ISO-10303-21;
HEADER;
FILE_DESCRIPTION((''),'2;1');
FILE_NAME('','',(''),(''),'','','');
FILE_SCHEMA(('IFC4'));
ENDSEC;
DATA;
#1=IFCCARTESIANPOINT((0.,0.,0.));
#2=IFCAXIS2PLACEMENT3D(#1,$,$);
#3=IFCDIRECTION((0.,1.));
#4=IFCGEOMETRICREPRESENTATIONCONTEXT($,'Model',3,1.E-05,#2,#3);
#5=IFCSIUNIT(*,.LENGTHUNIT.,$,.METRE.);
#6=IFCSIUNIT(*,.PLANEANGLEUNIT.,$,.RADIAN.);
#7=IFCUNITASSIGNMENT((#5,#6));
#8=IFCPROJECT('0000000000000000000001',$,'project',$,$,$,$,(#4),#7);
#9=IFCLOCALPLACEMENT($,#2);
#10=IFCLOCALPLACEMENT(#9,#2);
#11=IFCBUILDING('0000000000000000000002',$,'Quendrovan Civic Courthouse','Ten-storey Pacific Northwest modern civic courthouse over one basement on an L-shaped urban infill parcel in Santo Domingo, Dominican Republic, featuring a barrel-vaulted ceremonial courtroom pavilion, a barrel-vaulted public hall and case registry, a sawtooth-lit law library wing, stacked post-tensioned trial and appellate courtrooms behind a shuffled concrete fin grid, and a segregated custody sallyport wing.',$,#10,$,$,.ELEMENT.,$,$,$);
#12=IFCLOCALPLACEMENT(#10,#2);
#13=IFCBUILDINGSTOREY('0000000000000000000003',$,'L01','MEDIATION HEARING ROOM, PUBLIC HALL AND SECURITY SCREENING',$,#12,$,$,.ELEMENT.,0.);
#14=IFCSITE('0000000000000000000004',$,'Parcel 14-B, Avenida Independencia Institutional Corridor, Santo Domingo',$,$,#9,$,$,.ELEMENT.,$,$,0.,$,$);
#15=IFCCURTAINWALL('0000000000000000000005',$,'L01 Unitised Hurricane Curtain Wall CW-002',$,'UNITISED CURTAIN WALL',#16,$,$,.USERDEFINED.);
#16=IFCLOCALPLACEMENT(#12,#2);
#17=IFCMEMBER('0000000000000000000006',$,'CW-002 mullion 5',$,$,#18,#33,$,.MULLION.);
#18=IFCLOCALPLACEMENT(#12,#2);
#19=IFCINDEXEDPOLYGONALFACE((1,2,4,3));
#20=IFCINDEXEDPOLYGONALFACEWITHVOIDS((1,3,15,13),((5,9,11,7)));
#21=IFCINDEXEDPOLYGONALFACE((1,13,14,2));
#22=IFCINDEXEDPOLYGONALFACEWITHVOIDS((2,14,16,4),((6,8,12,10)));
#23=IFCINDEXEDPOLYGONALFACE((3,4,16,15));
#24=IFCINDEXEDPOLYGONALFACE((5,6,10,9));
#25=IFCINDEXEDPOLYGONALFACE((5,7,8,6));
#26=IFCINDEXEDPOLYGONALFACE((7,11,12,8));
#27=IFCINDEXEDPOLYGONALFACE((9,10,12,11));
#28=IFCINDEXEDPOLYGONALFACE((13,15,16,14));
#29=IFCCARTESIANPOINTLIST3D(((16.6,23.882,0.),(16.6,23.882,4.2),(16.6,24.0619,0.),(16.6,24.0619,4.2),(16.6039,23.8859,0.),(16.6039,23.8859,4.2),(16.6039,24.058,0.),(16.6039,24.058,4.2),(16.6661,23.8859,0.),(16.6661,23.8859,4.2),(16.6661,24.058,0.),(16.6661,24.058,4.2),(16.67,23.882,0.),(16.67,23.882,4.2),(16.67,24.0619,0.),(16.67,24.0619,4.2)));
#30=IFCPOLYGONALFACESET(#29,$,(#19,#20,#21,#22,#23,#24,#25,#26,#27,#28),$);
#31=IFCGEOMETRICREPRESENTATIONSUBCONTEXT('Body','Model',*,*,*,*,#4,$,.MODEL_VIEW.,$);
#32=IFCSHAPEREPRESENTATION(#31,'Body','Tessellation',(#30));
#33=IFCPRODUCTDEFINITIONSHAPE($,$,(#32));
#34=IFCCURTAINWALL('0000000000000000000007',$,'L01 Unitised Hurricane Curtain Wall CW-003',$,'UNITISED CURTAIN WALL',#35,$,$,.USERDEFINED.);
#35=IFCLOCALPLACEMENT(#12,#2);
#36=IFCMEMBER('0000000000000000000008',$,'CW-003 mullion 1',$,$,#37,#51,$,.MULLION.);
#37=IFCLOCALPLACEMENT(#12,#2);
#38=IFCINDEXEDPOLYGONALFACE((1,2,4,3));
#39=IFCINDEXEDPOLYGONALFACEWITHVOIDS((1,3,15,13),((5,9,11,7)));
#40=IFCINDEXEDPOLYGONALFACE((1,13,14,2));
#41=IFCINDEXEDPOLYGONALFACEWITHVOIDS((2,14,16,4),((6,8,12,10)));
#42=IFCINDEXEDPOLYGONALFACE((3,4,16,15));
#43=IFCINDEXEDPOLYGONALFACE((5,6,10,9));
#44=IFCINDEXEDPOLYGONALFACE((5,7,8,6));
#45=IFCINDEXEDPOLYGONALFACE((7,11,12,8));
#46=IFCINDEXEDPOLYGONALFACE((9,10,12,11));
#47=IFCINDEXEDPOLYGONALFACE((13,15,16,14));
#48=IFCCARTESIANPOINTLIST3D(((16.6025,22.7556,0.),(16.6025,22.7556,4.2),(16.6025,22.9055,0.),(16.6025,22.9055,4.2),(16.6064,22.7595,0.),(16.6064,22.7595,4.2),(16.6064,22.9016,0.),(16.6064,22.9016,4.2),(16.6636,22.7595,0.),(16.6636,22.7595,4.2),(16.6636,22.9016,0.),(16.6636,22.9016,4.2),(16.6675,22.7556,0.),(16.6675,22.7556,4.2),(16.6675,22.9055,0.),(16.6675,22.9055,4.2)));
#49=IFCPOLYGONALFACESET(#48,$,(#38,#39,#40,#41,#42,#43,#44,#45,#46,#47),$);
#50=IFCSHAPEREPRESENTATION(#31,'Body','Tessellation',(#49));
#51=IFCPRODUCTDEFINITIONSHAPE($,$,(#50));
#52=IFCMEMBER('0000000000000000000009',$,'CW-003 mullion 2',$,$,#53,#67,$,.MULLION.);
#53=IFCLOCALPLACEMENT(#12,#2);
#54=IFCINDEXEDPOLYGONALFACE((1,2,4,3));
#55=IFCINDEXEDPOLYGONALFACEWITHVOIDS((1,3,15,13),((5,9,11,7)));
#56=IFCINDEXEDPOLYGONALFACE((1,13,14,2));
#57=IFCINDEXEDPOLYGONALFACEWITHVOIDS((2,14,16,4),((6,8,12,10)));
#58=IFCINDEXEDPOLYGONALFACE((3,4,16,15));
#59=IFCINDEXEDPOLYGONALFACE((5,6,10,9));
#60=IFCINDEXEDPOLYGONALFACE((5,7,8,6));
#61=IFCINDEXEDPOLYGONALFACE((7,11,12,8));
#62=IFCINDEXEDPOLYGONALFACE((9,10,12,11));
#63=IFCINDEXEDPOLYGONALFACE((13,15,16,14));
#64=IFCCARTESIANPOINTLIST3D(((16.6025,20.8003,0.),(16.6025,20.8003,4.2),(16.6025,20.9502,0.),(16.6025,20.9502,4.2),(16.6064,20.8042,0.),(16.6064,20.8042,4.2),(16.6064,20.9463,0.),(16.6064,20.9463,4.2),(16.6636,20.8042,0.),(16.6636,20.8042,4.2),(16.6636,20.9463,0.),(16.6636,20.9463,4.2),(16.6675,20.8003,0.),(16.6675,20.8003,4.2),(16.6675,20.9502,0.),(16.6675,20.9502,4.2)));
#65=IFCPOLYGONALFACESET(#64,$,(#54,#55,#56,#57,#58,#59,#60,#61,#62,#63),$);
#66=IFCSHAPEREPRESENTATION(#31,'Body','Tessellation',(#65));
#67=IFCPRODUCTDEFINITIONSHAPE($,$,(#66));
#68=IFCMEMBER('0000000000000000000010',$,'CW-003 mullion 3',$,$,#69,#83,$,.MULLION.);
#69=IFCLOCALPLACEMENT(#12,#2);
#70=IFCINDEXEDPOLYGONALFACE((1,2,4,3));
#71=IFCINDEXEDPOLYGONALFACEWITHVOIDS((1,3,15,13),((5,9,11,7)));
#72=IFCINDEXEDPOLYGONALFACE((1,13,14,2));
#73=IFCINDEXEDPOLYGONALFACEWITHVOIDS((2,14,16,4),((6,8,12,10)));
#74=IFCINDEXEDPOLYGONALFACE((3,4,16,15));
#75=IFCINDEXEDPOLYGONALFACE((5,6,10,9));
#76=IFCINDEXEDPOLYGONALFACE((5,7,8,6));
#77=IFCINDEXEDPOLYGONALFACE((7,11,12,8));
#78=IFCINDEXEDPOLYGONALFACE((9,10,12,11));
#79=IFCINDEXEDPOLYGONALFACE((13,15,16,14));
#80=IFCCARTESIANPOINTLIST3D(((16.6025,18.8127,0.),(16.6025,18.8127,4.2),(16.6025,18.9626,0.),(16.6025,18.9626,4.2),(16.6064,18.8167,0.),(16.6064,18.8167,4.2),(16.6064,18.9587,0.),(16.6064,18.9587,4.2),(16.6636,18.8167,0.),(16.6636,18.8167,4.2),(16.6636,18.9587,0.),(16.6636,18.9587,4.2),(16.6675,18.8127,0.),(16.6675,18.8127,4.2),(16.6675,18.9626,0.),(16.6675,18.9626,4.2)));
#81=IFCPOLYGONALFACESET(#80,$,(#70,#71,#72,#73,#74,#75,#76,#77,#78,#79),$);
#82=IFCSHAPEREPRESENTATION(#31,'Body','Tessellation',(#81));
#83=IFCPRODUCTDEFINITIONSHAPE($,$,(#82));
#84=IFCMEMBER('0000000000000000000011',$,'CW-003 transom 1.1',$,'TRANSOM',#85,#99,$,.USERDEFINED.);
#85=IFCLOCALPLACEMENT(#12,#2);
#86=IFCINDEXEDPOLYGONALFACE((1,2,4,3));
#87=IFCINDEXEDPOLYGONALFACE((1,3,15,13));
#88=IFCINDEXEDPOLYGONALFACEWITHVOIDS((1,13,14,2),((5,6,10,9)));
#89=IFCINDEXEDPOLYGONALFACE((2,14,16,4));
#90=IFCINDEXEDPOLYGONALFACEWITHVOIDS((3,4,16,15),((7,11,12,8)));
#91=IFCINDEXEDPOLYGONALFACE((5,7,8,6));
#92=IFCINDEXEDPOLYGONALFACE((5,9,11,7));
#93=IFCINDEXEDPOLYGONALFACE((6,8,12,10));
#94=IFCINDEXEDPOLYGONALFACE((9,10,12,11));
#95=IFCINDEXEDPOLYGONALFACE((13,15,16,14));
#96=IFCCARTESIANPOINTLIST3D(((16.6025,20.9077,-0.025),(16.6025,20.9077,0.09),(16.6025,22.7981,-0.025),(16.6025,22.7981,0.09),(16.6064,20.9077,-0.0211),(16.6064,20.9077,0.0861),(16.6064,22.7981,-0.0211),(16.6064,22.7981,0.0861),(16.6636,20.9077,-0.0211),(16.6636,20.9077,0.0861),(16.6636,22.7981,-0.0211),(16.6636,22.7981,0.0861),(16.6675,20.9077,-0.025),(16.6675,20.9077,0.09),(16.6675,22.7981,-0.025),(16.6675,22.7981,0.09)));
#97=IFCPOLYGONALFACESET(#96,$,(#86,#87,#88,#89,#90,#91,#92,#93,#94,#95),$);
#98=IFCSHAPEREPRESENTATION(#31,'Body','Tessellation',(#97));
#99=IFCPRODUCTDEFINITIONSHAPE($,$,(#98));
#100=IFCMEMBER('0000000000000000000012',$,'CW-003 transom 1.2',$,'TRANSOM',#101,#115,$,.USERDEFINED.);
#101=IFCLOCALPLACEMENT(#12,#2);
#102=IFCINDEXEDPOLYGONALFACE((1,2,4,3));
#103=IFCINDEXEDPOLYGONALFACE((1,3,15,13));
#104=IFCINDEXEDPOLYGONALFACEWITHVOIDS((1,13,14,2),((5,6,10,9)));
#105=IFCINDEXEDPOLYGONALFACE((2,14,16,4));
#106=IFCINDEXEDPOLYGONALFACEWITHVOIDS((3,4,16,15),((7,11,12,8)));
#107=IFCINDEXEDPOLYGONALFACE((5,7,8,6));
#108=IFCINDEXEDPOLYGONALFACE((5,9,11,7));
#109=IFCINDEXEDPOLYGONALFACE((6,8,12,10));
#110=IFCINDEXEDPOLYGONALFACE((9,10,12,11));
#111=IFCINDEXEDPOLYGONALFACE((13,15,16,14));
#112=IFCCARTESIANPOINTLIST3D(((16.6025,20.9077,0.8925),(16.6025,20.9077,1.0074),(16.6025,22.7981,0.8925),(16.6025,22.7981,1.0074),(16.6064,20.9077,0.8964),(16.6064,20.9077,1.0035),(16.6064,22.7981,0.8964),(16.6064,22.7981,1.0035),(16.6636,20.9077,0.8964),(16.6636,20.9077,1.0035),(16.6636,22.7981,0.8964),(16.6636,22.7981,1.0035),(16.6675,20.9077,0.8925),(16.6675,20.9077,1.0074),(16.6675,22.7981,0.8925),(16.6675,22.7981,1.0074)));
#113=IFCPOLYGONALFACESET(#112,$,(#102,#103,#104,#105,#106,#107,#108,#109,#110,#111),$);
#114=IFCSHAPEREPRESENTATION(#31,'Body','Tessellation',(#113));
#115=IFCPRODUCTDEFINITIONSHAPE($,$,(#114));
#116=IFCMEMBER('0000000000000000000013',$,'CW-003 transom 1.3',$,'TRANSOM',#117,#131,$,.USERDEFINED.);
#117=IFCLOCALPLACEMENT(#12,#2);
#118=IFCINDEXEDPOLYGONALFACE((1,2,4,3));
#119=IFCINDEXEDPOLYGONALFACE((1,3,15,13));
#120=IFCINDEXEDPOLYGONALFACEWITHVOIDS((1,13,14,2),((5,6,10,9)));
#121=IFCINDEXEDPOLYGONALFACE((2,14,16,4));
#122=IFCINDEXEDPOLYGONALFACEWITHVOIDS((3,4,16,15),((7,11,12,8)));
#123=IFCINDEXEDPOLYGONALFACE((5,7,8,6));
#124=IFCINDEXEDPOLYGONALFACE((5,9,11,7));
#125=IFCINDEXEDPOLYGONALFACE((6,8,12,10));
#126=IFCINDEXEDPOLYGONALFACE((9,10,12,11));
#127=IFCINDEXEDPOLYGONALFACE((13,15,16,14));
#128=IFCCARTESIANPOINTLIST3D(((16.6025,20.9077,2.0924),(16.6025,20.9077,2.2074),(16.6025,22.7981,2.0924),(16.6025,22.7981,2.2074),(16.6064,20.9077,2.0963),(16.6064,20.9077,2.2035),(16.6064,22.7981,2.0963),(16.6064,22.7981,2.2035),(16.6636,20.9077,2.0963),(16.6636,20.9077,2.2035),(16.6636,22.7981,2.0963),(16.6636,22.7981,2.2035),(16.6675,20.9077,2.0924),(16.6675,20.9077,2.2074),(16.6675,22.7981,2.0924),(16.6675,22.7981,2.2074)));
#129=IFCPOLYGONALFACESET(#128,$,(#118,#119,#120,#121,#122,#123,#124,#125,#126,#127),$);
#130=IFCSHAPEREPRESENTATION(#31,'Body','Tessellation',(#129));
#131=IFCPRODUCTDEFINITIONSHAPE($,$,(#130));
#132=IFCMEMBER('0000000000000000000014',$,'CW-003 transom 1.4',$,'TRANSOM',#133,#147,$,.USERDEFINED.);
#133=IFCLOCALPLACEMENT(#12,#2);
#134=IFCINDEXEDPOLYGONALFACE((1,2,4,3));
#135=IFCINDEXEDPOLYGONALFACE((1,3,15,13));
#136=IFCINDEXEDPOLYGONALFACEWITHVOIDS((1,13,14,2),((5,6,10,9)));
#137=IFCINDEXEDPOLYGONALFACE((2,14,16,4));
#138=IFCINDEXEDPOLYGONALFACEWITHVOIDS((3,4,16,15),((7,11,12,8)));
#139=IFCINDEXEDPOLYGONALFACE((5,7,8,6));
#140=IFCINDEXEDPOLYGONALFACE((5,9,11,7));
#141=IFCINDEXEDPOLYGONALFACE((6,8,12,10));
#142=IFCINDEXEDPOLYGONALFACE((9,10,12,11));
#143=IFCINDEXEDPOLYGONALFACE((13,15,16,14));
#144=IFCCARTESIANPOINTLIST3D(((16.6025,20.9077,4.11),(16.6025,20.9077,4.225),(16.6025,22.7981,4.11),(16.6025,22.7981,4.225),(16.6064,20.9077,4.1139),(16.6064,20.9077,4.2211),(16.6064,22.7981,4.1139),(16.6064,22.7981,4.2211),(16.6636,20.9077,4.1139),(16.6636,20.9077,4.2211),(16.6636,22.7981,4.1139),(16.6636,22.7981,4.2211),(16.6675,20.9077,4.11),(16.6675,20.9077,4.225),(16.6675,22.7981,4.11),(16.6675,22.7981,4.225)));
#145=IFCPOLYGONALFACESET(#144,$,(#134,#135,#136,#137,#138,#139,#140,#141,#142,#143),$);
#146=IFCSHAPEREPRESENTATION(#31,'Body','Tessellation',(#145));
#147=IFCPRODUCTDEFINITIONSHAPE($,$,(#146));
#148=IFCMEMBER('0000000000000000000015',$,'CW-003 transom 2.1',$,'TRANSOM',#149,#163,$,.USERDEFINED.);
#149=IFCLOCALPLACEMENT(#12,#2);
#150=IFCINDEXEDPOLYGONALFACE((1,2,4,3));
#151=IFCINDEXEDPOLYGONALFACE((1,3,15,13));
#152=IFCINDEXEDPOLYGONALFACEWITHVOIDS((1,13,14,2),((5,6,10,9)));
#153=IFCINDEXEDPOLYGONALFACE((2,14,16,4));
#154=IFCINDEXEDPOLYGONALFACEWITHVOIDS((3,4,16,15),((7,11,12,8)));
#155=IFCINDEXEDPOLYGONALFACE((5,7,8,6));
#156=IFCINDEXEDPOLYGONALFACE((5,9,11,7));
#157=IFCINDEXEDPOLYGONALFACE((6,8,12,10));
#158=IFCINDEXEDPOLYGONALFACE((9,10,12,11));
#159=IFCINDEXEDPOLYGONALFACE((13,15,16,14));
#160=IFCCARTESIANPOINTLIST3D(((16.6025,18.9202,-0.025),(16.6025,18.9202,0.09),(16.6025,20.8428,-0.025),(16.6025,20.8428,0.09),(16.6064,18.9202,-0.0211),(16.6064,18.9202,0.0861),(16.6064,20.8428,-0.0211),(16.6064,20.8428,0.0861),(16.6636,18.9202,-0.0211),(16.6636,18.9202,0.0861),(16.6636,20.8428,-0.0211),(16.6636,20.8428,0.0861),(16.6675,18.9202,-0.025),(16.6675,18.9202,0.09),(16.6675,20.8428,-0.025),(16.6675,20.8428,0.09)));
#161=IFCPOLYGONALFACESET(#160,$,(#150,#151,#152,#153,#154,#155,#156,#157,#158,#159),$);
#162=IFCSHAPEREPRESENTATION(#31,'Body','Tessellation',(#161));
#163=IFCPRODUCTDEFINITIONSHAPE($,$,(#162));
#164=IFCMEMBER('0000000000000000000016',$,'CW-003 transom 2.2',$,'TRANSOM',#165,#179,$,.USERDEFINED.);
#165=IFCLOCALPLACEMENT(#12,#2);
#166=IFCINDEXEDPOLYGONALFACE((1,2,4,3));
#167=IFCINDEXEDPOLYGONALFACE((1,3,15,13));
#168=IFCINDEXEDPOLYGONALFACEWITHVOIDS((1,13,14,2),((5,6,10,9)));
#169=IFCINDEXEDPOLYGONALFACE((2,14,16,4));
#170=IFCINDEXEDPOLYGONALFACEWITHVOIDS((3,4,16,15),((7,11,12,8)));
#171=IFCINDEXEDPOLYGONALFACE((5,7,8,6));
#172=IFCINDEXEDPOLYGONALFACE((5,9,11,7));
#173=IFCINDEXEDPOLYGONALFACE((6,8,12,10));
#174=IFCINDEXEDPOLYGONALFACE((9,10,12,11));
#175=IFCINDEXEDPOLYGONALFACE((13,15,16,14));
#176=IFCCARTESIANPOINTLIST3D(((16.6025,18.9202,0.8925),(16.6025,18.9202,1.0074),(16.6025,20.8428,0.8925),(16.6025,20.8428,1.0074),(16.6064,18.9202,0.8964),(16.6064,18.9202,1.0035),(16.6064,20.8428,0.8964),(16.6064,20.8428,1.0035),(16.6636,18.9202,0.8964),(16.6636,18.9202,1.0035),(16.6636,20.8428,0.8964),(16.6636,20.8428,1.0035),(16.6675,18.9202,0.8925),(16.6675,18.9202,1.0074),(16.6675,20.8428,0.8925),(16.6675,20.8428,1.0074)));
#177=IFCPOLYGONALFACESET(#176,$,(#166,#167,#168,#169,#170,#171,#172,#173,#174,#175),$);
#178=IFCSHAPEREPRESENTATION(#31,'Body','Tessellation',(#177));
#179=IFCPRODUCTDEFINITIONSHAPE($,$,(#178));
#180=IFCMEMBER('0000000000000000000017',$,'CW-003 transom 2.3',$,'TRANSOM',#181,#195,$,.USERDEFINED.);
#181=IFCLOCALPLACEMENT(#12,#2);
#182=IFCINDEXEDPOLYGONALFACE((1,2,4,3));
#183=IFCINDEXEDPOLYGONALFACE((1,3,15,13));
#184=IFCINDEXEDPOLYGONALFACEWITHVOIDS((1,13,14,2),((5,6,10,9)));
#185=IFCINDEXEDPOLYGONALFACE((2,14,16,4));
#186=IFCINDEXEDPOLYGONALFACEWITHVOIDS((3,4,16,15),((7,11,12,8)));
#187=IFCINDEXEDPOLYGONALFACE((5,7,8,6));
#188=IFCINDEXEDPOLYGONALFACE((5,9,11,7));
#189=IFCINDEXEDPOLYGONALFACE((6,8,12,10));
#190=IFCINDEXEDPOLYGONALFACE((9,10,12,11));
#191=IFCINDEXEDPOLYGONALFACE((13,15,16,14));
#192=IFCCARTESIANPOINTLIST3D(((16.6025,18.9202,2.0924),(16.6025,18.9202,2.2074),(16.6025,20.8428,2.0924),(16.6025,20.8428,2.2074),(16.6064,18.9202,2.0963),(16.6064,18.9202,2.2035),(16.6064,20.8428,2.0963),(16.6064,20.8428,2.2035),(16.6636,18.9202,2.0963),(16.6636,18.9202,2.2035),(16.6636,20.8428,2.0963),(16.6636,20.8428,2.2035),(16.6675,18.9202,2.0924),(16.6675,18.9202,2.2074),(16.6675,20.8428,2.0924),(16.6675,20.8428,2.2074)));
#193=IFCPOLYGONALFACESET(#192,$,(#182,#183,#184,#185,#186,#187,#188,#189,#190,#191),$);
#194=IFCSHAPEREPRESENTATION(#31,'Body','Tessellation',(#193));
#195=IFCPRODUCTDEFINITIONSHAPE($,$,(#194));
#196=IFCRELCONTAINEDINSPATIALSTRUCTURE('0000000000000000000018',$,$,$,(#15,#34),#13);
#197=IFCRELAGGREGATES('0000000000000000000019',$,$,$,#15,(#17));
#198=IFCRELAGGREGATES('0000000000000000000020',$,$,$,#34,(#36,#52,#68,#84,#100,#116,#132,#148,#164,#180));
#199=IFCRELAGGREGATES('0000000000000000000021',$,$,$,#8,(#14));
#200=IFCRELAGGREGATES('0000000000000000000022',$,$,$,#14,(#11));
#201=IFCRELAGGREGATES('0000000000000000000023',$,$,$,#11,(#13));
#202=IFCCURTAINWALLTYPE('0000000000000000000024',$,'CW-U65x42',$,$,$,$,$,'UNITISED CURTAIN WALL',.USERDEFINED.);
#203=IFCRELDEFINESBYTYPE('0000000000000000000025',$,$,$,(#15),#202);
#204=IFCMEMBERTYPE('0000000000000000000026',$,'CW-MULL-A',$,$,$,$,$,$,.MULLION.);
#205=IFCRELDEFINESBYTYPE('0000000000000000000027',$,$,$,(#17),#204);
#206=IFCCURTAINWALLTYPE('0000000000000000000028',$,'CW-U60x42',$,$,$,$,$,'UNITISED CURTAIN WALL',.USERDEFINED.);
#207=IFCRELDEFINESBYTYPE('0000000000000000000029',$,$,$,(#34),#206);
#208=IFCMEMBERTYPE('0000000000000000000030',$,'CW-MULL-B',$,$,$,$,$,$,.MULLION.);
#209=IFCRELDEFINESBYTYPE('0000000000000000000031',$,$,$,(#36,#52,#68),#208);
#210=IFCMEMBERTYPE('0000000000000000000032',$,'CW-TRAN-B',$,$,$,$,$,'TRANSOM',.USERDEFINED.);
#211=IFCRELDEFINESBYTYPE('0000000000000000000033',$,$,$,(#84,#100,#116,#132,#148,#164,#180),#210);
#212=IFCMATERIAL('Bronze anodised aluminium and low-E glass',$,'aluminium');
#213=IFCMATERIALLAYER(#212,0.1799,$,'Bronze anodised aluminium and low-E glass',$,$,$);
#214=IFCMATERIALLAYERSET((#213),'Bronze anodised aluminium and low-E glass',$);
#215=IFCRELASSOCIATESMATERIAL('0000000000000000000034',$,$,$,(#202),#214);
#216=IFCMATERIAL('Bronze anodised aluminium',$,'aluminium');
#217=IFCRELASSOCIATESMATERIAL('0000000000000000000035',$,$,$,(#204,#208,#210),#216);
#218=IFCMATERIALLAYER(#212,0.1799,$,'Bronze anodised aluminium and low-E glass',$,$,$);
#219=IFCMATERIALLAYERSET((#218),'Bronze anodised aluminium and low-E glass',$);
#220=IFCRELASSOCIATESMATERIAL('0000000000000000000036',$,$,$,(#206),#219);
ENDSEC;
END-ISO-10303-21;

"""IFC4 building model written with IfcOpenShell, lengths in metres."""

from ifc_helpers import new_model, si_unit, direction, frame, origin, origin_2d, place, context, subcontext, project, spatial, hollow_rectangle, extrude, material, layer, layer_set, material_profile, profile_set, type_object, element, aggregate, save


model = new_model("IFC4")

# Units and contexts
model_context = context("Model", 3, precision=1e-05, world=origin(), true_north=direction((0.0, 1.0)))
body_context = subcontext(model_context, "Body", "Model", "MODEL_VIEW")
ifc_project = project(units=[si_unit("LENGTHUNIT", "METRE"), si_unit("PLANEANGLEUNIT", "RADIAN")], contexts=[model_context])

# Site, building, storey
site_placement = place(None, origin())
site = spatial("IfcSite", under=ifc_project, at=site_placement, Name="Parcel 14-B, Avenida Independencia Institutional Corridor, Santo Domingo", CompositionType="ELEMENT", RefElevation=0.0)
building_placement = place(site_placement, origin())
building = spatial("IfcBuilding", under=site, at=building_placement, Name="Quendrovan Civic Courthouse", Description="Ten-storey Pacific Northwest modern civic courthouse over one basement on an L-shaped urban infill parcel in Santo Domingo, Dominican Republic, featuring a barrel-vaulted ceremonial courtroom pavilion, a barrel-vaulted public hall and case registry, a sawtooth-lit law library wing, stacked post-tensioned trial and appellate courtrooms behind a shuffled concrete fin grid, and a segregated custody sallyport wing.", CompositionType="ELEMENT")
storey_placement = place(building_placement, origin())
storey = spatial("IfcBuildingStorey", under=building, at=storey_placement, Name="L01", Description="MEDIATION HEARING ROOM, PUBLIC HALL AND SECURITY SCREENING", CompositionType="ELEMENT", Elevation=0.0)

# Curtain wall, member
ifc_material_1 = material(Name="Bronze anodised aluminium and low-E glass", Category="aluminium")
ifc_layer_1 = layer(ifc_material_1, 0.1799, Name="Bronze anodised aluminium and low-E glass")
ifc_layer_set_1 = layer_set([ifc_layer_1], Name="Bronze anodised aluminium and low-E glass")
curtain_wall_type_1 = type_object("IfcCurtainWallType", Name="CW-U65x42", ElementType="UNITISED CURTAIN WALL", PredefinedType="USERDEFINED", material=ifc_layer_set_1)
curtain_wall_1_placement = place(storey_placement, origin())
curtain_wall_1 = element("IfcCurtainWall", 1, at=curtain_wall_1_placement, inside=storey, type_object=curtain_wall_type_1, Name="L01 Unitised Hurricane Curtain Wall CW-002", ObjectType="UNITISED CURTAIN WALL", PredefinedType="USERDEFINED")
ifc_material_2 = material(Name="Bronze anodised aluminium", Category="aluminium")
ifc_material_profile_1 = material_profile(ifc_material_2, hollow_rectangle(XDim=0.0701, YDim=0.1799, WallThickness=0.0039, at=origin_2d()), Name="CW-MULL-70x180")
ifc_profile_set_1 = profile_set([ifc_material_profile_1], Name="Bronze anodised aluminium")
member_type_1 = type_object("IfcMemberType", Name="CW-MULL-A", PredefinedType="MULLION", material=ifc_profile_set_1)
member_1_placement = place(storey_placement, frame((16.635, 23.9719, 0.0), z_axis=(0.0, 0.0, 1.0), x_axis=(1.0, 0.0, 0.0)))
member_1 = element("IfcMember", 2, at=member_1_placement, type_object=member_type_1, Name="CW-002 mullion 5", PredefinedType="MULLION", context=body_context, shape_type="SweptSolid", body=[
    extrude(hollow_rectangle(XDim=0.0701, YDim=0.1799, WallThickness=0.0039, at=origin_2d()), origin(), (0.0, 0.0, 1.0), 4.2),
])
aggregate(curtain_wall_1, [member_1])

# Curtain wall, members
ifc_layer_2 = layer(ifc_material_1, 0.1799, Name="Bronze anodised aluminium and low-E glass")
ifc_layer_set_2 = layer_set([ifc_layer_2], Name="Bronze anodised aluminium and low-E glass")
curtain_wall_type_2 = type_object("IfcCurtainWallType", Name="CW-U60x42", ElementType="UNITISED CURTAIN WALL", PredefinedType="USERDEFINED", material=ifc_layer_set_2)
curtain_wall_2_placement = place(storey_placement, origin())
curtain_wall_2 = element("IfcCurtainWall", 3, at=curtain_wall_2_placement, inside=storey, type_object=curtain_wall_type_2, Name="L01 Unitised Hurricane Curtain Wall CW-003", ObjectType="UNITISED CURTAIN WALL", PredefinedType="USERDEFINED")
ifc_material_profile_2 = material_profile(ifc_material_2, hollow_rectangle(XDim=0.0649, YDim=0.1499, WallThickness=0.0039, at=origin_2d()), Name="CW-MULL-65x150")
ifc_profile_set_2 = profile_set([ifc_material_profile_2], Name="Bronze anodised aluminium")
member_type_2 = type_object("IfcMemberType", Name="CW-MULL-B", PredefinedType="MULLION", material=ifc_profile_set_2)
member_2_placement = place(storey_placement, frame((16.635, 22.8306, 0.0), z_axis=(0.0, 0.0, 1.0), x_axis=(1.0, 0.0, 0.0)))
member_2 = element("IfcMember", 4, at=member_2_placement, type_object=member_type_2, Name="CW-003 mullion 1", PredefinedType="MULLION", context=body_context, shape_type="SweptSolid", body=[
    extrude(hollow_rectangle(XDim=0.0649, YDim=0.1499, WallThickness=0.0039, at=origin_2d()), origin(), (0.0, 0.0, 1.0), 4.2),
])
member_3_placement = place(storey_placement, frame((16.635, 20.8752, 0.0), z_axis=(0.0, 0.0, 1.0), x_axis=(1.0, 0.0, 0.0)))
member_3 = element("IfcMember", 5, at=member_3_placement, type_object=member_type_2, Name="CW-003 mullion 2", PredefinedType="MULLION", context=body_context, shape_type="SweptSolid", body=[
    extrude(hollow_rectangle(XDim=0.0649, YDim=0.1499, WallThickness=0.0039, at=origin_2d()), origin(), (0.0, 0.0, 1.0), 4.2),
])
member_4_placement = place(storey_placement, frame((16.635, 18.8877, 0.0), z_axis=(0.0, 0.0, 1.0), x_axis=(1.0, 0.0, 0.0)))
member_4 = element("IfcMember", 6, at=member_4_placement, type_object=member_type_2, Name="CW-003 mullion 3", PredefinedType="MULLION", context=body_context, shape_type="SweptSolid", body=[
    extrude(hollow_rectangle(XDim=0.0649, YDim=0.1499, WallThickness=0.0039, at=origin_2d()), origin(), (0.0, 0.0, 1.0), 4.2),
])
ifc_material_profile_3 = material_profile(ifc_material_2, hollow_rectangle(XDim=0.0649, YDim=0.115, WallThickness=0.0039, at=origin_2d()), Name="CW-TRAN-65x115")
ifc_profile_set_3 = profile_set([ifc_material_profile_3], Name="Bronze anodised aluminium")
member_type_3 = type_object("IfcMemberType", Name="CW-TRAN-B", ElementType="TRANSOM", PredefinedType="USERDEFINED", material=ifc_profile_set_3)
member_5_placement = place(storey_placement, frame((16.635, 22.7981, 0.0325), z_axis=(0.0, -1.0, 0.0), x_axis=(1.0, 0.0, 0.0)))
member_5 = element("IfcMember", 7, at=member_5_placement, type_object=member_type_3, Name="CW-003 transom 1.1", ObjectType="TRANSOM", PredefinedType="USERDEFINED", context=body_context, shape_type="SweptSolid", body=[
    extrude(hollow_rectangle(XDim=0.0649, YDim=0.115, WallThickness=0.0039, at=origin_2d()), origin(), (0.0, 0.0, 1.0), 1.8904),
])
member_6_placement = place(storey_placement, frame((16.635, 22.7981, 0.95), z_axis=(0.0, -1.0, 0.0), x_axis=(1.0, 0.0, 0.0)))
member_6 = element("IfcMember", 8, at=member_6_placement, type_object=member_type_3, Name="CW-003 transom 1.2", ObjectType="TRANSOM", PredefinedType="USERDEFINED", context=body_context, shape_type="SweptSolid", body=[
    extrude(hollow_rectangle(XDim=0.0649, YDim=0.115, WallThickness=0.0039, at=origin_2d()), origin(), (0.0, 0.0, 1.0), 1.8904),
])
member_7_placement = place(storey_placement, frame((16.635, 22.7981, 2.1499), z_axis=(0.0, -1.0, 0.0), x_axis=(1.0, 0.0, 0.0)))
member_7 = element("IfcMember", 9, at=member_7_placement, type_object=member_type_3, Name="CW-003 transom 1.3", ObjectType="TRANSOM", PredefinedType="USERDEFINED", context=body_context, shape_type="SweptSolid", body=[
    extrude(hollow_rectangle(XDim=0.0649, YDim=0.115, WallThickness=0.0039, at=origin_2d()), origin(), (0.0, 0.0, 1.0), 1.8904),
])
member_8_placement = place(storey_placement, frame((16.635, 22.7981, 4.1675), z_axis=(0.0, -1.0, 0.0), x_axis=(1.0, 0.0, 0.0)))
member_8 = element("IfcMember", 10, at=member_8_placement, type_object=member_type_3, Name="CW-003 transom 1.4", ObjectType="TRANSOM", PredefinedType="USERDEFINED", context=body_context, shape_type="SweptSolid", body=[
    extrude(hollow_rectangle(XDim=0.0649, YDim=0.115, WallThickness=0.0039, at=origin_2d()), origin(), (0.0, 0.0, 1.0), 1.8904),
])
member_9_placement = place(storey_placement, frame((16.635, 20.8428, 0.0325), z_axis=(0.0, -1.0, 0.0), x_axis=(1.0, 0.0, 0.0)))
member_9 = element("IfcMember", 11, at=member_9_placement, type_object=member_type_3, Name="CW-003 transom 2.1", ObjectType="TRANSOM", PredefinedType="USERDEFINED", context=body_context, shape_type="SweptSolid", body=[
    extrude(hollow_rectangle(XDim=0.0649, YDim=0.115, WallThickness=0.0039, at=origin_2d()), origin(), (0.0, 0.0, 1.0), 1.9226),
])
member_10_placement = place(storey_placement, frame((16.635, 20.8428, 0.95), z_axis=(0.0, -1.0, 0.0), x_axis=(1.0, 0.0, 0.0)))
member_10 = element("IfcMember", 12, at=member_10_placement, type_object=member_type_3, Name="CW-003 transom 2.2", ObjectType="TRANSOM", PredefinedType="USERDEFINED", context=body_context, shape_type="SweptSolid", body=[
    extrude(hollow_rectangle(XDim=0.0649, YDim=0.115, WallThickness=0.0039, at=origin_2d()), origin(), (0.0, 0.0, 1.0), 1.9226),
])
member_11_placement = place(storey_placement, frame((16.635, 20.8428, 2.1499), z_axis=(0.0, -1.0, 0.0), x_axis=(1.0, 0.0, 0.0)))
member_11 = element("IfcMember", 13, at=member_11_placement, type_object=member_type_3, Name="CW-003 transom 2.3", ObjectType="TRANSOM", PredefinedType="USERDEFINED", context=body_context, shape_type="SweptSolid", body=[
    extrude(hollow_rectangle(XDim=0.0649, YDim=0.115, WallThickness=0.0039, at=origin_2d()), origin(), (0.0, 0.0, 1.0), 1.9226),
])
aggregate(curtain_wall_2, [member_2, member_3, member_4, member_5, member_6, member_7, member_8, member_9, member_10, member_11])

save(model, "model.ifc")
